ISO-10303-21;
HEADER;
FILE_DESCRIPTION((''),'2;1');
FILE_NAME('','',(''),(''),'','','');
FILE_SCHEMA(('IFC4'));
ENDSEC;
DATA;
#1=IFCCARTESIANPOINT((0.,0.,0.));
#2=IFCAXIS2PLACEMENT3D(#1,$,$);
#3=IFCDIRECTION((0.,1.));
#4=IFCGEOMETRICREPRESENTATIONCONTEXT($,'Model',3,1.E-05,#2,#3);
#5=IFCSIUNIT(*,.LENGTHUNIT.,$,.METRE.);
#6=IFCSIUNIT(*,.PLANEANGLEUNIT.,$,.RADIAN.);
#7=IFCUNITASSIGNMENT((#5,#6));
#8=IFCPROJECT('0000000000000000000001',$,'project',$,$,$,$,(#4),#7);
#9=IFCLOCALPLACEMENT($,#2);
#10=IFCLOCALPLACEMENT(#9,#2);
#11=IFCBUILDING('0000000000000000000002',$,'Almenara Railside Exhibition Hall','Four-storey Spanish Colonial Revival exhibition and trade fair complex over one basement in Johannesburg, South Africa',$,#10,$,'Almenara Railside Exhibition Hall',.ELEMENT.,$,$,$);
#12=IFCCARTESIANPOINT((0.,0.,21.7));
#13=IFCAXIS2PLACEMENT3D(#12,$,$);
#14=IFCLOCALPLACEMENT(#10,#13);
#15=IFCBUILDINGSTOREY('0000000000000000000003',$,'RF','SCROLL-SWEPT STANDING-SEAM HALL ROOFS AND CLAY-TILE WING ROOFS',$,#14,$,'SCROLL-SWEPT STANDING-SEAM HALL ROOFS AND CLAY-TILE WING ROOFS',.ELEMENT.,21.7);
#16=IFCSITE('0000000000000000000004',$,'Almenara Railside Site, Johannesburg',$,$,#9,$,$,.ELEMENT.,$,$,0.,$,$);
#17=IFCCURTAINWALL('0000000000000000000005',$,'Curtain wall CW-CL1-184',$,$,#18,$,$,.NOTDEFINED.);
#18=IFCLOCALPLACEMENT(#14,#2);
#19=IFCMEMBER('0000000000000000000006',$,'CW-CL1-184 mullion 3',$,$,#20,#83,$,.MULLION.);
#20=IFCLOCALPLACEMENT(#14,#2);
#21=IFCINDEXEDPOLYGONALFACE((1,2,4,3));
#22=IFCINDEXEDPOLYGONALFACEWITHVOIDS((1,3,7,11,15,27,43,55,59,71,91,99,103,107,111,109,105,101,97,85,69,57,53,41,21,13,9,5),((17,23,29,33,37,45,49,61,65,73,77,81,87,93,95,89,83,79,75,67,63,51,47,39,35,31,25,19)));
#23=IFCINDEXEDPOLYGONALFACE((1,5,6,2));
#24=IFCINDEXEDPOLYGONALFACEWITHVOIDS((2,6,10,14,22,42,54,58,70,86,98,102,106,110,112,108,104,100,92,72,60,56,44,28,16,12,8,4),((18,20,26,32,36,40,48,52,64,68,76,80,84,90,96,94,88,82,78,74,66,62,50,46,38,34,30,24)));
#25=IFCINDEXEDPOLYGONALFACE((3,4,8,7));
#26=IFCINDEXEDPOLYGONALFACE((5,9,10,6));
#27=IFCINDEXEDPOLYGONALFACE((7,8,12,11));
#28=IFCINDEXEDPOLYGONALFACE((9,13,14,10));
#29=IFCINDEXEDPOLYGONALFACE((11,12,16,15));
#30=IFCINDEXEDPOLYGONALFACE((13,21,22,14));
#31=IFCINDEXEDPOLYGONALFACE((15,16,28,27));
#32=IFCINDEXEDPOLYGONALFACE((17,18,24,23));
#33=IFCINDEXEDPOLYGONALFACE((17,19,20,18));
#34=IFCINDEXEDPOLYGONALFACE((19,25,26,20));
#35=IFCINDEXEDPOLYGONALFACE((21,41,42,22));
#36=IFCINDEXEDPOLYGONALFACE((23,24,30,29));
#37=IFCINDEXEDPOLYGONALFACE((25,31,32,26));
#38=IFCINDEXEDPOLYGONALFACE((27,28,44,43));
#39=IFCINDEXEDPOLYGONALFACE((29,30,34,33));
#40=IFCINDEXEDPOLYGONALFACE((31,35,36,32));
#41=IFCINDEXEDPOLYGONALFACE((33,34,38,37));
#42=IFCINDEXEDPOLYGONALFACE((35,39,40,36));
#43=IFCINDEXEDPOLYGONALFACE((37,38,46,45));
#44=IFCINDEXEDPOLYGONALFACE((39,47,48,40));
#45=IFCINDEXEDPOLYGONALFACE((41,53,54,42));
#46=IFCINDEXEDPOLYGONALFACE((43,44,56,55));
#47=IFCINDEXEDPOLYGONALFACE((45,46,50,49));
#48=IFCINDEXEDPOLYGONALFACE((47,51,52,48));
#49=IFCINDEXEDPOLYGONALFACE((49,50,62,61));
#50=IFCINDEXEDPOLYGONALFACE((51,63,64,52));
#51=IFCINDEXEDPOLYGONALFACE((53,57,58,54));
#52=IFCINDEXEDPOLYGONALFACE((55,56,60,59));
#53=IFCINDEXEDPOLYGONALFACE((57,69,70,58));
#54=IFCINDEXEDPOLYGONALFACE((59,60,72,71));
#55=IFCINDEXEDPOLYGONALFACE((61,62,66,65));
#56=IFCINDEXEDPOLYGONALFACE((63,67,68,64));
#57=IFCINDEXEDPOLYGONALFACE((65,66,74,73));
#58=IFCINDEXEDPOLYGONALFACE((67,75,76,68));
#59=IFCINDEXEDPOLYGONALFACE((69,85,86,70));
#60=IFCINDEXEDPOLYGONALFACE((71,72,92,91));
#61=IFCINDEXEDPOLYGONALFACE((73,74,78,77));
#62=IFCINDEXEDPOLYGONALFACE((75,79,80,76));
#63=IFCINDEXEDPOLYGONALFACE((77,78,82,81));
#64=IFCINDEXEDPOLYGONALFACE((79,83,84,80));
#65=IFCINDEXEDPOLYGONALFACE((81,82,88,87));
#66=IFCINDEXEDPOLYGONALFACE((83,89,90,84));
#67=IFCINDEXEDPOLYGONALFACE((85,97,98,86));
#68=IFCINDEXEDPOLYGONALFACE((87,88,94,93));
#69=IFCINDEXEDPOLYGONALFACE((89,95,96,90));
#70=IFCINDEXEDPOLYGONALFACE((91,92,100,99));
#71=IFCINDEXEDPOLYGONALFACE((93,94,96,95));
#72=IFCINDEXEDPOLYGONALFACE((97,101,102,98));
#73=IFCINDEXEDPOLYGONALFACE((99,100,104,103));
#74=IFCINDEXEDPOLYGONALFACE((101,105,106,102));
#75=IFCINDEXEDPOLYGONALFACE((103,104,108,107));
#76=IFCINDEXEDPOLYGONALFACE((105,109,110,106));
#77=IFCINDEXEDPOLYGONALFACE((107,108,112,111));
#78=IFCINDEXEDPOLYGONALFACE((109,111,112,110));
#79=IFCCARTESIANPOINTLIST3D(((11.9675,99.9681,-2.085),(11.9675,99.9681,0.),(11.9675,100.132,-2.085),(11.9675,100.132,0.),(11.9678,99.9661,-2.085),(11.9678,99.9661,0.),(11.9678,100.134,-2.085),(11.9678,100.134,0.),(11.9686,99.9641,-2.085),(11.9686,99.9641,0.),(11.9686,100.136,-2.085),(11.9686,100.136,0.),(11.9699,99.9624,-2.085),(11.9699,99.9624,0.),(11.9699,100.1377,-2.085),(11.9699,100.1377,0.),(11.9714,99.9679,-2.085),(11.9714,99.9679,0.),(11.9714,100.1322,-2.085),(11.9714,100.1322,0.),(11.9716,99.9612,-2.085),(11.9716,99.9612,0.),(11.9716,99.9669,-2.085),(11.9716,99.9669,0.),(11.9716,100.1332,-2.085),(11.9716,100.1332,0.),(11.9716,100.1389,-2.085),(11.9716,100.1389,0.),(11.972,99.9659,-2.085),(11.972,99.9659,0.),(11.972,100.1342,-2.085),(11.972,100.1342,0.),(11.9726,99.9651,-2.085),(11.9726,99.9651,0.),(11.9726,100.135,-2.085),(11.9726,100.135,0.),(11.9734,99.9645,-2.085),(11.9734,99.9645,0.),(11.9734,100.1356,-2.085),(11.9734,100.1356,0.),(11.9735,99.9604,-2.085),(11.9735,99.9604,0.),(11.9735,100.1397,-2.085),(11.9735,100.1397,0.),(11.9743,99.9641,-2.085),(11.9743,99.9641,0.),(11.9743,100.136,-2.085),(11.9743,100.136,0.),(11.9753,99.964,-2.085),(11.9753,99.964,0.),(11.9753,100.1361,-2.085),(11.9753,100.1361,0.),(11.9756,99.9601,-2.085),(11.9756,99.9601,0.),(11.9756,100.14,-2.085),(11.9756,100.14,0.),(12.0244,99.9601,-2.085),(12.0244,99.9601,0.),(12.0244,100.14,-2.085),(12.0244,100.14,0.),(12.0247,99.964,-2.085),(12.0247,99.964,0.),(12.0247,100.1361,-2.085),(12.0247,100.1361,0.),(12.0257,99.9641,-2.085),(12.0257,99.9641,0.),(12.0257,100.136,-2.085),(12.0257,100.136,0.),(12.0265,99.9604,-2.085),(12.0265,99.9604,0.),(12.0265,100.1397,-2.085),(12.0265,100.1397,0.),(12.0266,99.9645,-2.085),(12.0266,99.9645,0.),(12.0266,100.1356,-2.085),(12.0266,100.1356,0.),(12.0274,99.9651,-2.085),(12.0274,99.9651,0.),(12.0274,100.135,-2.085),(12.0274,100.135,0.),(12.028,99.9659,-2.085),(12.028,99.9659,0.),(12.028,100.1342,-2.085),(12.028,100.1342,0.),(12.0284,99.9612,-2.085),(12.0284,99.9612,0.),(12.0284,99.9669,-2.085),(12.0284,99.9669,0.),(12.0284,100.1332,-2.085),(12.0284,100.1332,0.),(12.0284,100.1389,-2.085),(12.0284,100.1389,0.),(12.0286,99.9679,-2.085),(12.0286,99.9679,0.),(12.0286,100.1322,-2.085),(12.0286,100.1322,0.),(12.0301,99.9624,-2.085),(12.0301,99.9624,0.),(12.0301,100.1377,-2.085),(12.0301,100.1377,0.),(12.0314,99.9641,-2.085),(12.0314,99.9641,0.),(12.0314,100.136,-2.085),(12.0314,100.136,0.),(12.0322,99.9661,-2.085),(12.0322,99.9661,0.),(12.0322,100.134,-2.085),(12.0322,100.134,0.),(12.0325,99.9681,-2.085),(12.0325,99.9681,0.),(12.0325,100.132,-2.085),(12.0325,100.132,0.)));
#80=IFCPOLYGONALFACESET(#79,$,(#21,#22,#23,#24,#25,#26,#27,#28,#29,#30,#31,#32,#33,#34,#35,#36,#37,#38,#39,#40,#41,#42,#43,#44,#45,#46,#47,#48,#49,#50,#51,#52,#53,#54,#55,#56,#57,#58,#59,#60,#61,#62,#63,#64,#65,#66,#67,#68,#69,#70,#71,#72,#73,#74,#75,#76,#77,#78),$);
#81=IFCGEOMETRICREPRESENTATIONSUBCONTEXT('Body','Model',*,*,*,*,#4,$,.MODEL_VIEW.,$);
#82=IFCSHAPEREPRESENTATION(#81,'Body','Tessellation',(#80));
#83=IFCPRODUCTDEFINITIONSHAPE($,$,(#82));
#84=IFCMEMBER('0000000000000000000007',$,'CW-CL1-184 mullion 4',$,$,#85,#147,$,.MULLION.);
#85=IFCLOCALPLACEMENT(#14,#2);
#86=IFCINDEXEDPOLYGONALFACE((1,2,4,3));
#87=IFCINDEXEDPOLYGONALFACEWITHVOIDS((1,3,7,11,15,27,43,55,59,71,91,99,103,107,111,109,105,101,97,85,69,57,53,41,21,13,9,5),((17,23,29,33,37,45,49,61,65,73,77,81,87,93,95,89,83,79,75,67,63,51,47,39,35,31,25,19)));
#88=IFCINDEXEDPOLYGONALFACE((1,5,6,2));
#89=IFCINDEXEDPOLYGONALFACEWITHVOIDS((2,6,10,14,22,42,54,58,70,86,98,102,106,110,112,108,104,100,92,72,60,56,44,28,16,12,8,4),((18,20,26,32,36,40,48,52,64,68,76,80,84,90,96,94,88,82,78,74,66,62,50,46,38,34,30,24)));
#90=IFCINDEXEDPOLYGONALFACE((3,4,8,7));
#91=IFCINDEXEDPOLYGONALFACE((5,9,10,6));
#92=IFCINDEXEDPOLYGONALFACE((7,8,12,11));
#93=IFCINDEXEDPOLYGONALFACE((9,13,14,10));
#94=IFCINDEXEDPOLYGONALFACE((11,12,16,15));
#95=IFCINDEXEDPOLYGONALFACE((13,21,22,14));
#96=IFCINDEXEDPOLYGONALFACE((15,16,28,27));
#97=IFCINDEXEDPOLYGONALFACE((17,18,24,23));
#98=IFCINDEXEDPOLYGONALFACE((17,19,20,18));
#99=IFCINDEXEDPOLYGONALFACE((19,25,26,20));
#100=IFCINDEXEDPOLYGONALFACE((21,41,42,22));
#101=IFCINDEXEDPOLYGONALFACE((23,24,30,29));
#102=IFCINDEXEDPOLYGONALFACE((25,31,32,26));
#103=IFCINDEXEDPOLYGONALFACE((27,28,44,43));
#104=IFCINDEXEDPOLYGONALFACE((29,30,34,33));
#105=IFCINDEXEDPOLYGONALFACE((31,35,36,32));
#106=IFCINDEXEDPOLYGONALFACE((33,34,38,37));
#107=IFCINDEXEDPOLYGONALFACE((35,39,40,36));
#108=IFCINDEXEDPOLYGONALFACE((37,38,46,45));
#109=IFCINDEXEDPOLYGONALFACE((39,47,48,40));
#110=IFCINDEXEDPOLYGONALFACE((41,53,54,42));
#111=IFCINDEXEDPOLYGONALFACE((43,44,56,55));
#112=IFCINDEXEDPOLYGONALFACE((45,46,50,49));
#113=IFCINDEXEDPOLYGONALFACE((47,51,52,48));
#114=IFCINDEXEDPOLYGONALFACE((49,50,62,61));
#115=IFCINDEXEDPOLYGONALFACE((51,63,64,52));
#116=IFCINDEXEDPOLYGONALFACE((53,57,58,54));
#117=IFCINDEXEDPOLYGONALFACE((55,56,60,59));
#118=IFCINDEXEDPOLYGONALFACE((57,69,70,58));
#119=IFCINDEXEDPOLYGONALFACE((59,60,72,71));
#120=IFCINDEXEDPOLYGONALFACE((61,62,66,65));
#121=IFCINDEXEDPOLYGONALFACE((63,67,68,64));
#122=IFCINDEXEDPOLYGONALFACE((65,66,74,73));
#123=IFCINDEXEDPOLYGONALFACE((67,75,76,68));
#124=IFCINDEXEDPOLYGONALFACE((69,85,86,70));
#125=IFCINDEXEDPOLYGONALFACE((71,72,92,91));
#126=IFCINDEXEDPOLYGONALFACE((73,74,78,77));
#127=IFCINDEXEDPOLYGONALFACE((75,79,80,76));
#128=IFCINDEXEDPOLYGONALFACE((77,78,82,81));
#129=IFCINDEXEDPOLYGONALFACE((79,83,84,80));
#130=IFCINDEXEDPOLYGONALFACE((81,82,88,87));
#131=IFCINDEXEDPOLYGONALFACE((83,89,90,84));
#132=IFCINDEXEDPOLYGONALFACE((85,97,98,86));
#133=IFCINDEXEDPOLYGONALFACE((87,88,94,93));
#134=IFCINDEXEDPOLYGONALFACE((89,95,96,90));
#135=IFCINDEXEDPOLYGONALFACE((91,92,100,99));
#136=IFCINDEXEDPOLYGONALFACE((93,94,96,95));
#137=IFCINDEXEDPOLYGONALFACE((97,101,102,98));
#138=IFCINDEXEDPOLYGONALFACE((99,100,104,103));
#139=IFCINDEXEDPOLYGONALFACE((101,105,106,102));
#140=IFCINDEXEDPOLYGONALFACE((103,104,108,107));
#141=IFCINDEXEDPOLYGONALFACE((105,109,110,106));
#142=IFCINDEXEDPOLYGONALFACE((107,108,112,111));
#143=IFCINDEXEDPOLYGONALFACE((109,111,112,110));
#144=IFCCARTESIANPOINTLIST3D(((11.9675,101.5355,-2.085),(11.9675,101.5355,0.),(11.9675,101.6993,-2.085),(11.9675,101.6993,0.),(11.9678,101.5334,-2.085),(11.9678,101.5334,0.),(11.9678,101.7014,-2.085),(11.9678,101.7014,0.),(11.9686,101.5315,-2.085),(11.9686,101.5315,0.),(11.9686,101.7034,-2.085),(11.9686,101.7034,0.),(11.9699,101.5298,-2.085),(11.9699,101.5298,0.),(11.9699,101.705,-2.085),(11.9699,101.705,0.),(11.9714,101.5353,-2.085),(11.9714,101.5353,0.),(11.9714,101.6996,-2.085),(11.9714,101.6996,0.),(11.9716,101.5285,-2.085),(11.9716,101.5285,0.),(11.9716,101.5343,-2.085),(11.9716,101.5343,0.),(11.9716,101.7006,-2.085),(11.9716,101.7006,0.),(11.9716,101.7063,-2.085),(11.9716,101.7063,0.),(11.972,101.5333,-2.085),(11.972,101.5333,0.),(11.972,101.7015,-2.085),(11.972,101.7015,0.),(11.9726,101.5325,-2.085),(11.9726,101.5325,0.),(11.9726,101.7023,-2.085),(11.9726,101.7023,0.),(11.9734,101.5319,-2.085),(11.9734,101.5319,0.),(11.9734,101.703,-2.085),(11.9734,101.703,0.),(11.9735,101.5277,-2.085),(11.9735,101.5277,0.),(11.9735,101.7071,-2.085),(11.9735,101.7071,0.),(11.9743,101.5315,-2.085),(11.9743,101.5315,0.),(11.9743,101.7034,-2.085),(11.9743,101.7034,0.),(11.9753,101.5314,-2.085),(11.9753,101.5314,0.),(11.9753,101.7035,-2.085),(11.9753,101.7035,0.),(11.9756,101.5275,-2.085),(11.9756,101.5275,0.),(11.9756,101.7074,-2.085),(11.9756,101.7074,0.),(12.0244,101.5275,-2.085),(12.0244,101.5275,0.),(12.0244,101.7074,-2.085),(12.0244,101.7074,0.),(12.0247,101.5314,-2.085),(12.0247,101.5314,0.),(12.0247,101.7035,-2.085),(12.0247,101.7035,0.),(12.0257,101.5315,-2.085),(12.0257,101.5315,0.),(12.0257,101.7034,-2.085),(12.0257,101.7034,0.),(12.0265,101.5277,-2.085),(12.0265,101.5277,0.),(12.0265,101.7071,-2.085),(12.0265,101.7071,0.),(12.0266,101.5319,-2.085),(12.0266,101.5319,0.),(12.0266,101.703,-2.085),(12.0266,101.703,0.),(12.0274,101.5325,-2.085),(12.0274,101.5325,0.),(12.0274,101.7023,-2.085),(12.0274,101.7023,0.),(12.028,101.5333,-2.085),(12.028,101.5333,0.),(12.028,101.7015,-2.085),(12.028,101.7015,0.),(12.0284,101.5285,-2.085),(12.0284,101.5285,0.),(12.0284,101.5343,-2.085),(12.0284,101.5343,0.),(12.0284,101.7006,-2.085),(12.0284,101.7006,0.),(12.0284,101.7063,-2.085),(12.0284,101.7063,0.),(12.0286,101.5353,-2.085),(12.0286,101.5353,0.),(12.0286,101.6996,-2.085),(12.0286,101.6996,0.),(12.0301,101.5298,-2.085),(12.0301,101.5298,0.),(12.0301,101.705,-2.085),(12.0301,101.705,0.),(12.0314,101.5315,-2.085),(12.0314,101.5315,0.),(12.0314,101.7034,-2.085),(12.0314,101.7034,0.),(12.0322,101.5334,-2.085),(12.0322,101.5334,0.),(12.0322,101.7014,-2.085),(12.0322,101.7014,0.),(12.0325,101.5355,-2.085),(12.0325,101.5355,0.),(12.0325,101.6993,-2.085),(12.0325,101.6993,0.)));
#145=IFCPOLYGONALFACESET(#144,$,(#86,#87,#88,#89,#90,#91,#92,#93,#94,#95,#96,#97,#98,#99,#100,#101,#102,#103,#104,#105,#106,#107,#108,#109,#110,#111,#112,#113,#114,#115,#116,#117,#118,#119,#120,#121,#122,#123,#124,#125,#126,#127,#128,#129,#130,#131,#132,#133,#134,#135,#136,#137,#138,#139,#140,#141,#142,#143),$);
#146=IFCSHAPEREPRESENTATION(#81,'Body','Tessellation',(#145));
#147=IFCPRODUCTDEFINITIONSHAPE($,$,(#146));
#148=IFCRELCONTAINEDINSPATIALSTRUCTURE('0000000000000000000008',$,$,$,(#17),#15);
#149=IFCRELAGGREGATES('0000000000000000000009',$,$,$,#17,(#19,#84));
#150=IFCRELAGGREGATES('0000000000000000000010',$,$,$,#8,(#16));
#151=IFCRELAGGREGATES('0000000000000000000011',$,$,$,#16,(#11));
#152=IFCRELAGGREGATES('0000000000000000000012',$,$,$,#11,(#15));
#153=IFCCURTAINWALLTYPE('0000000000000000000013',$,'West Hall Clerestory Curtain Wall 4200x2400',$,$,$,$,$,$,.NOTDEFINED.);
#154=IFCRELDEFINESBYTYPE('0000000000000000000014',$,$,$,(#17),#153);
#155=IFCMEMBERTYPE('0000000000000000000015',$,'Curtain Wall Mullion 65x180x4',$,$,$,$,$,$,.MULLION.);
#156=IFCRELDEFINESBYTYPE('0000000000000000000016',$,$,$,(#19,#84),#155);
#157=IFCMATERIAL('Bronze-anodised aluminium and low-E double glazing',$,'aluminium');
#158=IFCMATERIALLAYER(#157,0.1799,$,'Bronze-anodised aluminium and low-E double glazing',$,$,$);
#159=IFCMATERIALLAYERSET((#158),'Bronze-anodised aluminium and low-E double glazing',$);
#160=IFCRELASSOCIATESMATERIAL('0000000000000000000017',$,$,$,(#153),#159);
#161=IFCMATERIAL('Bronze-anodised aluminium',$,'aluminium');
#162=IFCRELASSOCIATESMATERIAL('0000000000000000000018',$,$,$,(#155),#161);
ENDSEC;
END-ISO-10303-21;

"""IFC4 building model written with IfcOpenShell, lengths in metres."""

from ifc_helpers import new_model, si_unit, direction, frame, origin, origin_2d, place, context, subcontext, project, spatial, hollow_rectangle, extrude, material, layer, layer_set, material_profile, profile_set, type_object, element, aggregate, save


model = new_model("IFC4")

# Units and contexts
model_context = context("Model", 3, precision=1e-05, world=origin(), true_north=direction((0.0, 1.0)))
body_context = subcontext(model_context, "Body", "Model", "MODEL_VIEW")
ifc_project = project(units=[si_unit("LENGTHUNIT", "METRE"), si_unit("PLANEANGLEUNIT", "RADIAN")], contexts=[model_context])

# Site, building, storey
site_placement = place(None, origin())
site = spatial("IfcSite", under=ifc_project, at=site_placement, Name="Almenara Railside Site, Johannesburg", CompositionType="ELEMENT", RefElevation=0.0)
building_placement = place(site_placement, origin())
building = spatial("IfcBuilding", under=site, at=building_placement, Name="Almenara Railside Exhibition Hall", Description="Four-storey Spanish Colonial Revival exhibition and trade fair complex over one basement in Johannesburg, South Africa", LongName="Almenara Railside Exhibition Hall", CompositionType="ELEMENT")
storey_placement = place(building_placement, frame((0.0, 0.0, 21.7)))
storey = spatial("IfcBuildingStorey", under=building, at=storey_placement, Name="RF", Description="SCROLL-SWEPT STANDING-SEAM HALL ROOFS AND CLAY-TILE WING ROOFS", LongName="SCROLL-SWEPT STANDING-SEAM HALL ROOFS AND CLAY-TILE WING ROOFS", CompositionType="ELEMENT", Elevation=21.7)

# Shared definitions
ifc_material_1 = material(Name="Bronze-anodised aluminium and low-E double glazing", Category="aluminium")
ifc_layer_1 = layer(ifc_material_1, 0.1799, Name="Bronze-anodised aluminium and low-E double glazing")
ifc_layer_set_1 = layer_set([ifc_layer_1], Name="Bronze-anodised aluminium and low-E double glazing")
curtain_wall_type = type_object("IfcCurtainWallType", Name="West Hall Clerestory Curtain Wall 4200x2400", PredefinedType="NOTDEFINED", material=ifc_layer_set_1)
ifc_material_2 = material(Name="Bronze-anodised aluminium", Category="aluminium")

# Curtain wall, members
curtain_wall_1_placement = place(storey_placement, origin())
curtain_wall_1 = element("IfcCurtainWall", 1, at=curtain_wall_1_placement, inside=storey, type_object=curtain_wall_type, Name="Curtain wall CW-CL1-184", PredefinedType="NOTDEFINED")
ifc_material_profile_1 = material_profile(ifc_material_2, hollow_rectangle(XDim=0.0649, YDim=0.1799, WallThickness=0.0039, InnerFilletRadius=0.0039, OuterFilletRadius=0.0081, at=origin_2d()), Name="ALU-MUL 65x180x4")
ifc_profile_set_1 = profile_set([ifc_material_profile_1], Name="Bronze-anodised aluminium")
member_type_1 = type_object("IfcMemberType", Name="Curtain Wall Mullion 65x180x4", PredefinedType="MULLION", material=ifc_profile_set_1)
member_1_placement = place(storey_placement, frame((12.0, 100.05, -2.085), z_axis=(0.0, 0.0, 1.0), x_axis=(-1.0, 0.0, 0.0)))
member_1 = element("IfcMember", 2, at=member_1_placement, type_object=member_type_1, Name="CW-CL1-184 mullion 3", PredefinedType="MULLION", context=body_context, shape_type="SweptSolid", body=[
    extrude(hollow_rectangle(XDim=0.0649, YDim=0.1799, WallThickness=0.0039, InnerFilletRadius=0.0039, OuterFilletRadius=0.0081, at=origin_2d()), origin(), (0.0, 0.0, 1.0), 2.085),
])
member_2_placement = place(storey_placement, frame((12.0, 101.6174, -2.085), z_axis=(0.0, 0.0, 1.0), x_axis=(-1.0, 0.0, 0.0)))
member_2 = element("IfcMember", 3, at=member_2_placement, type_object=member_type_1, Name="CW-CL1-184 mullion 4", PredefinedType="MULLION", context=body_context, shape_type="SweptSolid", body=[
    extrude(hollow_rectangle(XDim=0.0649, YDim=0.1799, WallThickness=0.0039, InnerFilletRadius=0.0039, OuterFilletRadius=0.0081, at=origin_2d()), origin(), (0.0, 0.0, 1.0), 2.085),
])

aggregate(curtain_wall_1, [member_1, member_2])

save(model, "model.ifc")
